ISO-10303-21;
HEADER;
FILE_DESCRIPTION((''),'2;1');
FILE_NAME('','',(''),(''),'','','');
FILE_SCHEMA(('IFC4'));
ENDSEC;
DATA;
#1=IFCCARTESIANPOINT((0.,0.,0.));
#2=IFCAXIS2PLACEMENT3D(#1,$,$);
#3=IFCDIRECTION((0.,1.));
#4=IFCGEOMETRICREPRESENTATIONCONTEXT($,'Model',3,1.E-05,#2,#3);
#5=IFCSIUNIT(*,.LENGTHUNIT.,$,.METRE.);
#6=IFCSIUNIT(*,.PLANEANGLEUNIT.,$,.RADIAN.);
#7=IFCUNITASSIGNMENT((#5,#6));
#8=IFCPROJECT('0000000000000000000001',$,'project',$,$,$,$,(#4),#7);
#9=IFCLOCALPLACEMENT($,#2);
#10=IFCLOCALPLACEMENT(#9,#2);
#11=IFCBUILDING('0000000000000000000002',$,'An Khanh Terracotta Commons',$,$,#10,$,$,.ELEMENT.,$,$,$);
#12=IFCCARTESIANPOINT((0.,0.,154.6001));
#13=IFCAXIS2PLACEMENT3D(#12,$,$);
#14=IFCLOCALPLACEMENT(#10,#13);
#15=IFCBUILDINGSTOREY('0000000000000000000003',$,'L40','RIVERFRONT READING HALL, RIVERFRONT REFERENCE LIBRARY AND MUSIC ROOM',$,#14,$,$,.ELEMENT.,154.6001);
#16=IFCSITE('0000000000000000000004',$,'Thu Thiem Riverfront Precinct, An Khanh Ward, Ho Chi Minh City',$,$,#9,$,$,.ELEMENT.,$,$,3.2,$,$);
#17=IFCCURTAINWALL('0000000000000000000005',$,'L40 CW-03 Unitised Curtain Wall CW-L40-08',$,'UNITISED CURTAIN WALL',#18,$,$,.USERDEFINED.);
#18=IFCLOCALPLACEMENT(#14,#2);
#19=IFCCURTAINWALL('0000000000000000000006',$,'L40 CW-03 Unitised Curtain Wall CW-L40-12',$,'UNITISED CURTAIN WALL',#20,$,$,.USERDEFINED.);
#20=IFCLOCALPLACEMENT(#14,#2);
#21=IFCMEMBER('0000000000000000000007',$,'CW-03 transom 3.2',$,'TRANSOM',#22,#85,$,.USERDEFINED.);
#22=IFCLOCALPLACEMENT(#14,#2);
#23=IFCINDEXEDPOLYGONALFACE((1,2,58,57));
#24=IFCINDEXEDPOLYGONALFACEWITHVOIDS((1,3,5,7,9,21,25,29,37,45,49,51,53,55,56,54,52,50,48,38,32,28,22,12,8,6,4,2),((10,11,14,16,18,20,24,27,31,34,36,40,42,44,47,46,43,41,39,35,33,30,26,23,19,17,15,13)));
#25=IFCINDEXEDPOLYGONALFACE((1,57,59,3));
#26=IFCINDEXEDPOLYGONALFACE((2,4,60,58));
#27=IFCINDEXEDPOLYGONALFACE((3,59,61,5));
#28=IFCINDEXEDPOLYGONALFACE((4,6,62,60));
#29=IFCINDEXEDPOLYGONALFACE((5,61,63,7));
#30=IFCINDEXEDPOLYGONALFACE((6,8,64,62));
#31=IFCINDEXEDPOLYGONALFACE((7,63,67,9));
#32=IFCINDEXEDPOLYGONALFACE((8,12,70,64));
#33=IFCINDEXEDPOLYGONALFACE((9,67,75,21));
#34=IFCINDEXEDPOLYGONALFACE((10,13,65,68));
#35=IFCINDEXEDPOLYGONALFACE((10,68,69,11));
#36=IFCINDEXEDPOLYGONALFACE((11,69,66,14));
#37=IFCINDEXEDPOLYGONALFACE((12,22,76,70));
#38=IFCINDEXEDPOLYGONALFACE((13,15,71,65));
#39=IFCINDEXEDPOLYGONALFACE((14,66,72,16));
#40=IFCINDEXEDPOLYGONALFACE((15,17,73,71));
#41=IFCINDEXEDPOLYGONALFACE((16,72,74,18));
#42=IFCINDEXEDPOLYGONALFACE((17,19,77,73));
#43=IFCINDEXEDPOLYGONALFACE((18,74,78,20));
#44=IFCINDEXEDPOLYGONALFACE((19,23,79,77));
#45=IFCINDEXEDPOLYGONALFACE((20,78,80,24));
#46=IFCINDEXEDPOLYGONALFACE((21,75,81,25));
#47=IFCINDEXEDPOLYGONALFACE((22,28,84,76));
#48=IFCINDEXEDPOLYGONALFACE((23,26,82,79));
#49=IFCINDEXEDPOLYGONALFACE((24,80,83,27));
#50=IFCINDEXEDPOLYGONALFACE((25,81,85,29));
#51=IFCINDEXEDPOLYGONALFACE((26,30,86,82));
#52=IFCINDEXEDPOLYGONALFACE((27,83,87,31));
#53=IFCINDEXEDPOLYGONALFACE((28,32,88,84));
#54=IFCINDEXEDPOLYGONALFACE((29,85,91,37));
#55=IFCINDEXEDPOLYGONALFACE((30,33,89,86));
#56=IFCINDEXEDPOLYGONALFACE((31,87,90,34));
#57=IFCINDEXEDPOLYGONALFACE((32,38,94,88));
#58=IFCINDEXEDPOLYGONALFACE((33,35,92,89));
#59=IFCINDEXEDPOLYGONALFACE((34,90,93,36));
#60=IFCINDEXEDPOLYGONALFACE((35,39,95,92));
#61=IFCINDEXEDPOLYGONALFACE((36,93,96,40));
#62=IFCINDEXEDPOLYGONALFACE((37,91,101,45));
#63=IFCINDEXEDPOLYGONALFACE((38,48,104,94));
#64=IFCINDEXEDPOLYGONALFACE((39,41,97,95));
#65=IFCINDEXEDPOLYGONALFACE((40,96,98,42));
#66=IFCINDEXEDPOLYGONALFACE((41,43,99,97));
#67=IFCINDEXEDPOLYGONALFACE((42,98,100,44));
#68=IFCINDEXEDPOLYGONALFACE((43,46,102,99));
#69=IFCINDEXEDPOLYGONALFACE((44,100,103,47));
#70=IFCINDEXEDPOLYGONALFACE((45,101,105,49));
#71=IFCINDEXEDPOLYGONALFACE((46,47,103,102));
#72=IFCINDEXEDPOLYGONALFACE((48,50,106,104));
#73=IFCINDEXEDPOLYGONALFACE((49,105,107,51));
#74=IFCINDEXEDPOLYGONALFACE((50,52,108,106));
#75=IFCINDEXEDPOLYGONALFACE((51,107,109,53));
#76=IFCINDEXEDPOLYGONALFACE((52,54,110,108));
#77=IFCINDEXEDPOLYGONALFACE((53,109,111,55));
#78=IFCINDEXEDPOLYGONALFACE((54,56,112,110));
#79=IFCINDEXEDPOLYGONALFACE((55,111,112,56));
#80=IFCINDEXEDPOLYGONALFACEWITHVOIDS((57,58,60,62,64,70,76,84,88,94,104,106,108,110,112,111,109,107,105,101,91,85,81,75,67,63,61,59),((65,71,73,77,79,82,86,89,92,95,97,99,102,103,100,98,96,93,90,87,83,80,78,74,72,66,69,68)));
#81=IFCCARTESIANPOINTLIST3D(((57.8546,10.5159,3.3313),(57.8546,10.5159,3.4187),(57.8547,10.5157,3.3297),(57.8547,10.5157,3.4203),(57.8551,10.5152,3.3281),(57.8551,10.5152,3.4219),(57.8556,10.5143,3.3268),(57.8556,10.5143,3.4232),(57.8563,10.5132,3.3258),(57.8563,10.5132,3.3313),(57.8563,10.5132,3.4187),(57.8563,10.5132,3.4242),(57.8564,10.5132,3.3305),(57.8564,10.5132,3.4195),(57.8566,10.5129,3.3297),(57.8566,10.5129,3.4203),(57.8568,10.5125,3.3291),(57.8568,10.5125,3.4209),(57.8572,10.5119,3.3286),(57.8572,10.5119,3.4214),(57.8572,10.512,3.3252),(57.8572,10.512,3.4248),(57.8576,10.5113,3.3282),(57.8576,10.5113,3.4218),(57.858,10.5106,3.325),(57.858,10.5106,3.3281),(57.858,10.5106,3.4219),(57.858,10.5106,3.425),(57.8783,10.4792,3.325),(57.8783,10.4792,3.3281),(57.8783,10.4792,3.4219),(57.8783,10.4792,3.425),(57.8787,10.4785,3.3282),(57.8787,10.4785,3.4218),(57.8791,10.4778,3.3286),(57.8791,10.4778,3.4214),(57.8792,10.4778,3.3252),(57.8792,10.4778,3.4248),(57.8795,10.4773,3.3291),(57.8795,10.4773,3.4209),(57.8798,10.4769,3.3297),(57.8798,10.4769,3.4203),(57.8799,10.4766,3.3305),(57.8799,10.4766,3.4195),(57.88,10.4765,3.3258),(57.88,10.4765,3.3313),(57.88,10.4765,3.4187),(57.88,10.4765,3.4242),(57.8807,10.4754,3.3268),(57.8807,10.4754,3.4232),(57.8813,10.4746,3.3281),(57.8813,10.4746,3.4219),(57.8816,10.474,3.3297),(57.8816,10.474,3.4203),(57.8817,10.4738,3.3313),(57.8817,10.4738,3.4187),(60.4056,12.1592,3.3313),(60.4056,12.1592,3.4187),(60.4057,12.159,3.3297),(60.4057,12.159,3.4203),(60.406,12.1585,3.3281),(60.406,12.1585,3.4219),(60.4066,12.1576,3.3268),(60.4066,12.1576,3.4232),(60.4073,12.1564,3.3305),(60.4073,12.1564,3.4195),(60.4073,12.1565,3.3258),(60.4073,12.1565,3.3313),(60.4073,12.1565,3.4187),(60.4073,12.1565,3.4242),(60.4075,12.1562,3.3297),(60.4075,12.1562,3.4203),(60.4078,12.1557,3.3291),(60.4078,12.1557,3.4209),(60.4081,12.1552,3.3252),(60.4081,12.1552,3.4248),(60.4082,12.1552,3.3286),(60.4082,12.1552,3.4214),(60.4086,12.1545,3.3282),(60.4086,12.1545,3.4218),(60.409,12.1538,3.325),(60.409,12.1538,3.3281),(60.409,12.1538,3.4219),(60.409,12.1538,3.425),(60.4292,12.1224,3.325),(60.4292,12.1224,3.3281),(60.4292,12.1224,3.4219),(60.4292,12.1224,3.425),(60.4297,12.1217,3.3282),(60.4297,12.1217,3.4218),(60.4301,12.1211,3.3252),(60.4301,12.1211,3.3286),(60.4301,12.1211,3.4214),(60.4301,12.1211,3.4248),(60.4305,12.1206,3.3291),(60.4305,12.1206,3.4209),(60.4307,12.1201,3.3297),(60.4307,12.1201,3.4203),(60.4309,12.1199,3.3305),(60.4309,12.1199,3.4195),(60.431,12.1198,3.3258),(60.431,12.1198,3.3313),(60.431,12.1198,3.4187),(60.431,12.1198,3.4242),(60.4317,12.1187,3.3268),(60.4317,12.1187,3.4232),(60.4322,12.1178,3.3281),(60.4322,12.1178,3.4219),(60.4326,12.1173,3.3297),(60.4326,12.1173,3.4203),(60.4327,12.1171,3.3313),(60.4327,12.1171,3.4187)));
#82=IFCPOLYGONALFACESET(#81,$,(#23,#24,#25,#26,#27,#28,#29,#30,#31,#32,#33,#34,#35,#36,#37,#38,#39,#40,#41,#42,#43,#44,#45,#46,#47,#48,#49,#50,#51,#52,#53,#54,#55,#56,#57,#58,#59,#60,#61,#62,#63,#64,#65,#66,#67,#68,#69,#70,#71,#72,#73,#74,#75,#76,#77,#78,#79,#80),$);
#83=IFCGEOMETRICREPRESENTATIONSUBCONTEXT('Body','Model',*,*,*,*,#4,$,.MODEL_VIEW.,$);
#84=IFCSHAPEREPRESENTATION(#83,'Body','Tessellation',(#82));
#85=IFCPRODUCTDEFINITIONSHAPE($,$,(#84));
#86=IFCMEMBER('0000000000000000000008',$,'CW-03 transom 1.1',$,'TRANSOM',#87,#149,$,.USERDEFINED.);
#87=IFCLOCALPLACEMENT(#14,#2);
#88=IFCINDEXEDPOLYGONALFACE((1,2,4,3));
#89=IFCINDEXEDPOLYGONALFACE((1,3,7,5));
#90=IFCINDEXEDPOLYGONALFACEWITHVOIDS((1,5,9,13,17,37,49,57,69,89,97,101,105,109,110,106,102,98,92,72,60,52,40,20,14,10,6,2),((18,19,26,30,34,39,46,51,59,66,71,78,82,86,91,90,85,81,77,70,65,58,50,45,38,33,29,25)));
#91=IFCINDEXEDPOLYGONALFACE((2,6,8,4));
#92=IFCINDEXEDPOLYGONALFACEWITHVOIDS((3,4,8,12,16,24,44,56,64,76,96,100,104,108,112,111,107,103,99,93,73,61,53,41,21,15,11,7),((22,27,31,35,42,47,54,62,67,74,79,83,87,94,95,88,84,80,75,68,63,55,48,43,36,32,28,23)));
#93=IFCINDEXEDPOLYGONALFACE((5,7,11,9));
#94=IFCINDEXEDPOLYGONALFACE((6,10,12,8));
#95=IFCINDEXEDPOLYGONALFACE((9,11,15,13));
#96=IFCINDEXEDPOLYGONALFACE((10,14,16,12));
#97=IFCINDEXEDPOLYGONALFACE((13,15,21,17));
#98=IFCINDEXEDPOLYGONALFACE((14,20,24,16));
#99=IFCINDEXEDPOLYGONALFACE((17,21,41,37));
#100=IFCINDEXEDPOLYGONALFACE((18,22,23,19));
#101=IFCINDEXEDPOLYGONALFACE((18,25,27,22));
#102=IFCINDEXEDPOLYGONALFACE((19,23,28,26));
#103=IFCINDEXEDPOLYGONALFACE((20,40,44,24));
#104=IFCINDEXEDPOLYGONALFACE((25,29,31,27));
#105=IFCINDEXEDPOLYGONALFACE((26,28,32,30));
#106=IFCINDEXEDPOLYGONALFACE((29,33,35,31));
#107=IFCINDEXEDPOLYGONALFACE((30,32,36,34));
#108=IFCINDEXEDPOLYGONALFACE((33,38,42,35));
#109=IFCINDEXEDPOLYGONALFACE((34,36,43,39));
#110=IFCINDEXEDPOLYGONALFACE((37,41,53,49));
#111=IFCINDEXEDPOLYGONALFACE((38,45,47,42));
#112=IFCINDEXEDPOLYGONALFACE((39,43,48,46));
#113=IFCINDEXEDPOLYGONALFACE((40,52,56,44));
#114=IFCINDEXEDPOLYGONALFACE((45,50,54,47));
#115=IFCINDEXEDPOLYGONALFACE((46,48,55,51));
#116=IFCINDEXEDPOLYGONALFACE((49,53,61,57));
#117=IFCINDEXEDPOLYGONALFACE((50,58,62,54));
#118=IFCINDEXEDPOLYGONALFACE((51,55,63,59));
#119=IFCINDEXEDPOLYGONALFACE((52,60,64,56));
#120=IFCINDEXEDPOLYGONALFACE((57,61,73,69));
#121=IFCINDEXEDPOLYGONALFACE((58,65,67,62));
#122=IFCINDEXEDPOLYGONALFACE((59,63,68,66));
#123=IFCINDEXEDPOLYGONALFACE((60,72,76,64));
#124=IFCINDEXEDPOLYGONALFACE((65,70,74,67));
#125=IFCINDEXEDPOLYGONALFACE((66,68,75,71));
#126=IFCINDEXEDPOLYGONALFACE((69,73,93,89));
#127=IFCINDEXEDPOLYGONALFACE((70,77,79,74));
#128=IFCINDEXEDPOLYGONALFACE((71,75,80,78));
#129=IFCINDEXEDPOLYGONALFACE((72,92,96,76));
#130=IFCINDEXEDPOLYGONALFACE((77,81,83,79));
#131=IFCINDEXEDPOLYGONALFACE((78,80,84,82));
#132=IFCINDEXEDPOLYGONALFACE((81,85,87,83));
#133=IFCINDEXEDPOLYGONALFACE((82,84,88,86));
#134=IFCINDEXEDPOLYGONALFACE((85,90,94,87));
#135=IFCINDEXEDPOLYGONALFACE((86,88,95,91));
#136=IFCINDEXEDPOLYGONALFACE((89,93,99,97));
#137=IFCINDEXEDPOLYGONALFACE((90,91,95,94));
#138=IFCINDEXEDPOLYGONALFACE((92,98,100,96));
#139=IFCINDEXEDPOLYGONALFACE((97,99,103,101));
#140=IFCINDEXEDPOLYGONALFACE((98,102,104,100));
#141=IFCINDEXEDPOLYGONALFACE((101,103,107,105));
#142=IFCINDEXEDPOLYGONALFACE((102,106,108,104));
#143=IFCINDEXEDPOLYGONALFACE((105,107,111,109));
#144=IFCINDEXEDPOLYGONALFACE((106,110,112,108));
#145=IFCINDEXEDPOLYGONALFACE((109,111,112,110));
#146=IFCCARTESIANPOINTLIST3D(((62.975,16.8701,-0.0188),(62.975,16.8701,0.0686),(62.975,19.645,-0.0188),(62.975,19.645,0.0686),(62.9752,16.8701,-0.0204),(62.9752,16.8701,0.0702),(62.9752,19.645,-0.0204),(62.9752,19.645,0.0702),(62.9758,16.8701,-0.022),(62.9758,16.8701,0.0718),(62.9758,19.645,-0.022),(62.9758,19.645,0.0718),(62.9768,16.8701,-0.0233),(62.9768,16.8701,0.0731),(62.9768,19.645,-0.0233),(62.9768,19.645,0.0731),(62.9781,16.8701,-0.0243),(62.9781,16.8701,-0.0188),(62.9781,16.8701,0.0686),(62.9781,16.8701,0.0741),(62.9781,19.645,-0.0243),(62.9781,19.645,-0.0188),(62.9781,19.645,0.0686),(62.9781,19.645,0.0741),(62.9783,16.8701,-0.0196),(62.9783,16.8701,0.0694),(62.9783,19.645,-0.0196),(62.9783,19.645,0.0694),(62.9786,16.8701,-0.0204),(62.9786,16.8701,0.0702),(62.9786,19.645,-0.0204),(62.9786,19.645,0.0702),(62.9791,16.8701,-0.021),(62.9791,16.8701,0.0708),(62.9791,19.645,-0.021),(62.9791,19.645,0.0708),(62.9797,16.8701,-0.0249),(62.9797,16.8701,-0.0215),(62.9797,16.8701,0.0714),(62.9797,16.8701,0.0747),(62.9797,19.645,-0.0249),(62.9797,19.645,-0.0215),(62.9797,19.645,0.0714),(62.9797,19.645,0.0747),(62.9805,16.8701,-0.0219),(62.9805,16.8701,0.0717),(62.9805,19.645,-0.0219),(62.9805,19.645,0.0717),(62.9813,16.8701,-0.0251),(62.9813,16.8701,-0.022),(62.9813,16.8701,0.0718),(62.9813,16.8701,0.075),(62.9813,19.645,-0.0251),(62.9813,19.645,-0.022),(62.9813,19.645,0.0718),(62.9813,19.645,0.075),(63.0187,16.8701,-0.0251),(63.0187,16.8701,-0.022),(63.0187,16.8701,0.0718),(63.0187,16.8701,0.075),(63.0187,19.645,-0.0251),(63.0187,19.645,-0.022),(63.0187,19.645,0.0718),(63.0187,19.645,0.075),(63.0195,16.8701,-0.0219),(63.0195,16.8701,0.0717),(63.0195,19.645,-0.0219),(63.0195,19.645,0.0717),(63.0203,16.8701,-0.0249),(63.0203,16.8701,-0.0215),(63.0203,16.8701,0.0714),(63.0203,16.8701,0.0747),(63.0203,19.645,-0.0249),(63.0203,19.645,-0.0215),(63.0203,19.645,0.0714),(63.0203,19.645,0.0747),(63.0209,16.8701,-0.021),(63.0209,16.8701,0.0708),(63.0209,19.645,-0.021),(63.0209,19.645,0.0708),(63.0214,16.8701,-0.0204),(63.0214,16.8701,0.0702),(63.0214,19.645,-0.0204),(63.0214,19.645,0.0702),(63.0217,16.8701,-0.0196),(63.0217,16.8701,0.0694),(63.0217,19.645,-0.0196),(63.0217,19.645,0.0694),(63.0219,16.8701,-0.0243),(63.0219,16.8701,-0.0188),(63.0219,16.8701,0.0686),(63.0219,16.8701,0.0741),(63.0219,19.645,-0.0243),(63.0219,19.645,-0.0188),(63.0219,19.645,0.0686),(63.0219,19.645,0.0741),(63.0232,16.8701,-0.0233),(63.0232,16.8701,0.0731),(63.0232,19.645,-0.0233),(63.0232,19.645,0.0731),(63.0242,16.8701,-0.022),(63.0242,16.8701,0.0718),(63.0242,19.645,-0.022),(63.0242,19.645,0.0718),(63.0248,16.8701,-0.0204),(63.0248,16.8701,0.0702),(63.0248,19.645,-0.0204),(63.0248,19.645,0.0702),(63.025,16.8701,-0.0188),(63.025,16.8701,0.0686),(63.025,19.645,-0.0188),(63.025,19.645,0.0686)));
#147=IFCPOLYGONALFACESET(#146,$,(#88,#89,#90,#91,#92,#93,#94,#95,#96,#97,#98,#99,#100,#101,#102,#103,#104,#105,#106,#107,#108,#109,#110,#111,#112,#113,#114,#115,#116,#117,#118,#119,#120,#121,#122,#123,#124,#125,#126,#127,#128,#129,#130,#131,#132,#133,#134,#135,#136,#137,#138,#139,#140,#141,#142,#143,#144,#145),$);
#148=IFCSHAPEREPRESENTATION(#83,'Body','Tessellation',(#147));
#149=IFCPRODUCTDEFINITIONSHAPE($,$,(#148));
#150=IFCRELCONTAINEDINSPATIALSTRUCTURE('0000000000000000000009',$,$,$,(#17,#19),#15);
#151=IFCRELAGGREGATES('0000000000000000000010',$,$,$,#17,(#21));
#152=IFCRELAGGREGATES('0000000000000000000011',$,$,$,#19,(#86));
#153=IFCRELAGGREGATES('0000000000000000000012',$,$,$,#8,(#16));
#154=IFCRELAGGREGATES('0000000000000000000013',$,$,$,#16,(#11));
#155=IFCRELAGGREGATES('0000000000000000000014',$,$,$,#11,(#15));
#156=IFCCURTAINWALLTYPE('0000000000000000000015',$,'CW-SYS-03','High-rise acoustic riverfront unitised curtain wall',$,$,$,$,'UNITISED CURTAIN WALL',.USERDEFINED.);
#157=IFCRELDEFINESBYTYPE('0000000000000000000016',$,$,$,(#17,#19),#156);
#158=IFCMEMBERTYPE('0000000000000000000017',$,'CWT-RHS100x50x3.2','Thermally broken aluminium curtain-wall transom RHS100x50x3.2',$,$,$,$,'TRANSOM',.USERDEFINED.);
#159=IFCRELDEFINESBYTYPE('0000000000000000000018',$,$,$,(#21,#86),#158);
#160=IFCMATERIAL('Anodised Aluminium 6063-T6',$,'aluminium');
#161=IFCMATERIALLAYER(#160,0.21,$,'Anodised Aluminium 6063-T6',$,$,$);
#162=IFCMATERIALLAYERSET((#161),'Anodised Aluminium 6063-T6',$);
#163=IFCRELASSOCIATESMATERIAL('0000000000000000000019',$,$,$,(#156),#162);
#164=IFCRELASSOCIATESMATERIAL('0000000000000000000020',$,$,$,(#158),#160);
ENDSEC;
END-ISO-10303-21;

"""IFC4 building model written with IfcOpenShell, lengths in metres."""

from ifc_helpers import new_model, si_unit, direction, frame, origin, origin_2d, place, context, subcontext, project, spatial, hollow_rectangle, extrude, material, layer, layer_set, material_profile, profile_set, type_object, element, aggregate, save


model = new_model("IFC4")

# Units and contexts
model_context = context("Model", 3, precision=1e-05, world=origin(), true_north=direction((0.0, 1.0)))
body_context = subcontext(model_context, "Body", "Model", "MODEL_VIEW")
ifc_project = project(units=[si_unit("LENGTHUNIT", "METRE"), si_unit("PLANEANGLEUNIT", "RADIAN")], contexts=[model_context])

# Site, building, storey
site_placement = place(None, origin())
site = spatial("IfcSite", under=ifc_project, at=site_placement, Name="Thu Thiem Riverfront Precinct, An Khanh Ward, Ho Chi Minh City", CompositionType="ELEMENT", RefElevation=3.2)
building_placement = place(site_placement, origin())
building = spatial("IfcBuilding", under=site, at=building_placement, Name="An Khanh Terracotta Commons", CompositionType="ELEMENT")
storey_placement = place(building_placement, frame((0.0, 0.0, 154.6001)))
storey = spatial("IfcBuildingStorey", under=building, at=storey_placement, Name="L40", Description="RIVERFRONT READING HALL, RIVERFRONT REFERENCE LIBRARY AND MUSIC ROOM", CompositionType="ELEMENT", Elevation=154.6001)

# Curtain walls
ifc_material_1 = material(Name="Anodised Aluminium 6063-T6", Category="aluminium")
ifc_layer_1 = layer(ifc_material_1, 0.21, Name="Anodised Aluminium 6063-T6")
ifc_layer_set_1 = layer_set([ifc_layer_1], Name="Anodised Aluminium 6063-T6")
curtain_wall_type = type_object("IfcCurtainWallType", Name="CW-SYS-03", Description="High-rise acoustic riverfront unitised curtain wall", ElementType="UNITISED CURTAIN WALL", PredefinedType="USERDEFINED", material=ifc_layer_set_1)
curtain_wall_1_placement = place(storey_placement, origin())
curtain_wall_1 = element("IfcCurtainWall", 1, at=curtain_wall_1_placement, inside=storey, type_object=curtain_wall_type, Name="L40 CW-03 Unitised Curtain Wall CW-L40-08", ObjectType="UNITISED CURTAIN WALL", PredefinedType="USERDEFINED")
curtain_wall_2_placement = place(storey_placement, origin())
curtain_wall_2 = element("IfcCurtainWall", 2, at=curtain_wall_2_placement, inside=storey, type_object=curtain_wall_type, Name="L40 CW-03 Unitised Curtain Wall CW-L40-12", ObjectType="UNITISED CURTAIN WALL", PredefinedType="USERDEFINED")

# Members
ifc_material_profile_1 = material_profile(ifc_material_1, hollow_rectangle(XDim=0.05, YDim=0.1001, WallThickness=0.0032, InnerFilletRadius=0.0032, OuterFilletRadius=0.0063, at=origin_2d()), Name="RHS100x50x3.2")
ifc_profile_set_1 = profile_set([ifc_material_profile_1], Name="Anodised Aluminium 6063-T6")
member_type_1 = type_object("IfcMemberType", Name="CWT-RHS100x50x3.2", Description="Thermally broken aluminium curtain-wall transom RHS100x50x3.2", ElementType="TRANSOM", PredefinedType="USERDEFINED", material=ifc_profile_set_1)
member_1_placement = place(storey_placement, frame((57.8682, 10.4949, 3.375), z_axis=(0.840674, 0.541542, 0.0), x_axis=(-0.541542, 0.840674, 0.0)))
member_1 = element("IfcMember", 3, at=member_1_placement, type_object=member_type_1, Name="CW-03 transom 3.2", ObjectType="TRANSOM", PredefinedType="USERDEFINED", context=body_context, shape_type="SweptSolid", body=[
    extrude(hollow_rectangle(XDim=0.05, YDim=0.1001, WallThickness=0.0032, InnerFilletRadius=0.0032, OuterFilletRadius=0.0063, at=origin_2d()), origin(), (0.0, 0.0, 1.0), 3.0344),
])
member_2_placement = place(storey_placement, frame((63.0, 16.8701, 0.0249), z_axis=(0.0, 1.0, 0.0), x_axis=(-1.0, 0.0, 0.0)))
member_2 = element("IfcMember", 4, at=member_2_placement, type_object=member_type_1, Name="CW-03 transom 1.1", ObjectType="TRANSOM", PredefinedType="USERDEFINED", context=body_context, shape_type="SweptSolid", body=[
    extrude(hollow_rectangle(XDim=0.05, YDim=0.1001, WallThickness=0.0032, InnerFilletRadius=0.0032, OuterFilletRadius=0.0063, at=origin_2d()), origin(), (0.0, 0.0, 1.0), 2.7749),
])

aggregate(curtain_wall_1, [member_1])
aggregate(curtain_wall_2, [member_2])

save(model, "model.ifc")
